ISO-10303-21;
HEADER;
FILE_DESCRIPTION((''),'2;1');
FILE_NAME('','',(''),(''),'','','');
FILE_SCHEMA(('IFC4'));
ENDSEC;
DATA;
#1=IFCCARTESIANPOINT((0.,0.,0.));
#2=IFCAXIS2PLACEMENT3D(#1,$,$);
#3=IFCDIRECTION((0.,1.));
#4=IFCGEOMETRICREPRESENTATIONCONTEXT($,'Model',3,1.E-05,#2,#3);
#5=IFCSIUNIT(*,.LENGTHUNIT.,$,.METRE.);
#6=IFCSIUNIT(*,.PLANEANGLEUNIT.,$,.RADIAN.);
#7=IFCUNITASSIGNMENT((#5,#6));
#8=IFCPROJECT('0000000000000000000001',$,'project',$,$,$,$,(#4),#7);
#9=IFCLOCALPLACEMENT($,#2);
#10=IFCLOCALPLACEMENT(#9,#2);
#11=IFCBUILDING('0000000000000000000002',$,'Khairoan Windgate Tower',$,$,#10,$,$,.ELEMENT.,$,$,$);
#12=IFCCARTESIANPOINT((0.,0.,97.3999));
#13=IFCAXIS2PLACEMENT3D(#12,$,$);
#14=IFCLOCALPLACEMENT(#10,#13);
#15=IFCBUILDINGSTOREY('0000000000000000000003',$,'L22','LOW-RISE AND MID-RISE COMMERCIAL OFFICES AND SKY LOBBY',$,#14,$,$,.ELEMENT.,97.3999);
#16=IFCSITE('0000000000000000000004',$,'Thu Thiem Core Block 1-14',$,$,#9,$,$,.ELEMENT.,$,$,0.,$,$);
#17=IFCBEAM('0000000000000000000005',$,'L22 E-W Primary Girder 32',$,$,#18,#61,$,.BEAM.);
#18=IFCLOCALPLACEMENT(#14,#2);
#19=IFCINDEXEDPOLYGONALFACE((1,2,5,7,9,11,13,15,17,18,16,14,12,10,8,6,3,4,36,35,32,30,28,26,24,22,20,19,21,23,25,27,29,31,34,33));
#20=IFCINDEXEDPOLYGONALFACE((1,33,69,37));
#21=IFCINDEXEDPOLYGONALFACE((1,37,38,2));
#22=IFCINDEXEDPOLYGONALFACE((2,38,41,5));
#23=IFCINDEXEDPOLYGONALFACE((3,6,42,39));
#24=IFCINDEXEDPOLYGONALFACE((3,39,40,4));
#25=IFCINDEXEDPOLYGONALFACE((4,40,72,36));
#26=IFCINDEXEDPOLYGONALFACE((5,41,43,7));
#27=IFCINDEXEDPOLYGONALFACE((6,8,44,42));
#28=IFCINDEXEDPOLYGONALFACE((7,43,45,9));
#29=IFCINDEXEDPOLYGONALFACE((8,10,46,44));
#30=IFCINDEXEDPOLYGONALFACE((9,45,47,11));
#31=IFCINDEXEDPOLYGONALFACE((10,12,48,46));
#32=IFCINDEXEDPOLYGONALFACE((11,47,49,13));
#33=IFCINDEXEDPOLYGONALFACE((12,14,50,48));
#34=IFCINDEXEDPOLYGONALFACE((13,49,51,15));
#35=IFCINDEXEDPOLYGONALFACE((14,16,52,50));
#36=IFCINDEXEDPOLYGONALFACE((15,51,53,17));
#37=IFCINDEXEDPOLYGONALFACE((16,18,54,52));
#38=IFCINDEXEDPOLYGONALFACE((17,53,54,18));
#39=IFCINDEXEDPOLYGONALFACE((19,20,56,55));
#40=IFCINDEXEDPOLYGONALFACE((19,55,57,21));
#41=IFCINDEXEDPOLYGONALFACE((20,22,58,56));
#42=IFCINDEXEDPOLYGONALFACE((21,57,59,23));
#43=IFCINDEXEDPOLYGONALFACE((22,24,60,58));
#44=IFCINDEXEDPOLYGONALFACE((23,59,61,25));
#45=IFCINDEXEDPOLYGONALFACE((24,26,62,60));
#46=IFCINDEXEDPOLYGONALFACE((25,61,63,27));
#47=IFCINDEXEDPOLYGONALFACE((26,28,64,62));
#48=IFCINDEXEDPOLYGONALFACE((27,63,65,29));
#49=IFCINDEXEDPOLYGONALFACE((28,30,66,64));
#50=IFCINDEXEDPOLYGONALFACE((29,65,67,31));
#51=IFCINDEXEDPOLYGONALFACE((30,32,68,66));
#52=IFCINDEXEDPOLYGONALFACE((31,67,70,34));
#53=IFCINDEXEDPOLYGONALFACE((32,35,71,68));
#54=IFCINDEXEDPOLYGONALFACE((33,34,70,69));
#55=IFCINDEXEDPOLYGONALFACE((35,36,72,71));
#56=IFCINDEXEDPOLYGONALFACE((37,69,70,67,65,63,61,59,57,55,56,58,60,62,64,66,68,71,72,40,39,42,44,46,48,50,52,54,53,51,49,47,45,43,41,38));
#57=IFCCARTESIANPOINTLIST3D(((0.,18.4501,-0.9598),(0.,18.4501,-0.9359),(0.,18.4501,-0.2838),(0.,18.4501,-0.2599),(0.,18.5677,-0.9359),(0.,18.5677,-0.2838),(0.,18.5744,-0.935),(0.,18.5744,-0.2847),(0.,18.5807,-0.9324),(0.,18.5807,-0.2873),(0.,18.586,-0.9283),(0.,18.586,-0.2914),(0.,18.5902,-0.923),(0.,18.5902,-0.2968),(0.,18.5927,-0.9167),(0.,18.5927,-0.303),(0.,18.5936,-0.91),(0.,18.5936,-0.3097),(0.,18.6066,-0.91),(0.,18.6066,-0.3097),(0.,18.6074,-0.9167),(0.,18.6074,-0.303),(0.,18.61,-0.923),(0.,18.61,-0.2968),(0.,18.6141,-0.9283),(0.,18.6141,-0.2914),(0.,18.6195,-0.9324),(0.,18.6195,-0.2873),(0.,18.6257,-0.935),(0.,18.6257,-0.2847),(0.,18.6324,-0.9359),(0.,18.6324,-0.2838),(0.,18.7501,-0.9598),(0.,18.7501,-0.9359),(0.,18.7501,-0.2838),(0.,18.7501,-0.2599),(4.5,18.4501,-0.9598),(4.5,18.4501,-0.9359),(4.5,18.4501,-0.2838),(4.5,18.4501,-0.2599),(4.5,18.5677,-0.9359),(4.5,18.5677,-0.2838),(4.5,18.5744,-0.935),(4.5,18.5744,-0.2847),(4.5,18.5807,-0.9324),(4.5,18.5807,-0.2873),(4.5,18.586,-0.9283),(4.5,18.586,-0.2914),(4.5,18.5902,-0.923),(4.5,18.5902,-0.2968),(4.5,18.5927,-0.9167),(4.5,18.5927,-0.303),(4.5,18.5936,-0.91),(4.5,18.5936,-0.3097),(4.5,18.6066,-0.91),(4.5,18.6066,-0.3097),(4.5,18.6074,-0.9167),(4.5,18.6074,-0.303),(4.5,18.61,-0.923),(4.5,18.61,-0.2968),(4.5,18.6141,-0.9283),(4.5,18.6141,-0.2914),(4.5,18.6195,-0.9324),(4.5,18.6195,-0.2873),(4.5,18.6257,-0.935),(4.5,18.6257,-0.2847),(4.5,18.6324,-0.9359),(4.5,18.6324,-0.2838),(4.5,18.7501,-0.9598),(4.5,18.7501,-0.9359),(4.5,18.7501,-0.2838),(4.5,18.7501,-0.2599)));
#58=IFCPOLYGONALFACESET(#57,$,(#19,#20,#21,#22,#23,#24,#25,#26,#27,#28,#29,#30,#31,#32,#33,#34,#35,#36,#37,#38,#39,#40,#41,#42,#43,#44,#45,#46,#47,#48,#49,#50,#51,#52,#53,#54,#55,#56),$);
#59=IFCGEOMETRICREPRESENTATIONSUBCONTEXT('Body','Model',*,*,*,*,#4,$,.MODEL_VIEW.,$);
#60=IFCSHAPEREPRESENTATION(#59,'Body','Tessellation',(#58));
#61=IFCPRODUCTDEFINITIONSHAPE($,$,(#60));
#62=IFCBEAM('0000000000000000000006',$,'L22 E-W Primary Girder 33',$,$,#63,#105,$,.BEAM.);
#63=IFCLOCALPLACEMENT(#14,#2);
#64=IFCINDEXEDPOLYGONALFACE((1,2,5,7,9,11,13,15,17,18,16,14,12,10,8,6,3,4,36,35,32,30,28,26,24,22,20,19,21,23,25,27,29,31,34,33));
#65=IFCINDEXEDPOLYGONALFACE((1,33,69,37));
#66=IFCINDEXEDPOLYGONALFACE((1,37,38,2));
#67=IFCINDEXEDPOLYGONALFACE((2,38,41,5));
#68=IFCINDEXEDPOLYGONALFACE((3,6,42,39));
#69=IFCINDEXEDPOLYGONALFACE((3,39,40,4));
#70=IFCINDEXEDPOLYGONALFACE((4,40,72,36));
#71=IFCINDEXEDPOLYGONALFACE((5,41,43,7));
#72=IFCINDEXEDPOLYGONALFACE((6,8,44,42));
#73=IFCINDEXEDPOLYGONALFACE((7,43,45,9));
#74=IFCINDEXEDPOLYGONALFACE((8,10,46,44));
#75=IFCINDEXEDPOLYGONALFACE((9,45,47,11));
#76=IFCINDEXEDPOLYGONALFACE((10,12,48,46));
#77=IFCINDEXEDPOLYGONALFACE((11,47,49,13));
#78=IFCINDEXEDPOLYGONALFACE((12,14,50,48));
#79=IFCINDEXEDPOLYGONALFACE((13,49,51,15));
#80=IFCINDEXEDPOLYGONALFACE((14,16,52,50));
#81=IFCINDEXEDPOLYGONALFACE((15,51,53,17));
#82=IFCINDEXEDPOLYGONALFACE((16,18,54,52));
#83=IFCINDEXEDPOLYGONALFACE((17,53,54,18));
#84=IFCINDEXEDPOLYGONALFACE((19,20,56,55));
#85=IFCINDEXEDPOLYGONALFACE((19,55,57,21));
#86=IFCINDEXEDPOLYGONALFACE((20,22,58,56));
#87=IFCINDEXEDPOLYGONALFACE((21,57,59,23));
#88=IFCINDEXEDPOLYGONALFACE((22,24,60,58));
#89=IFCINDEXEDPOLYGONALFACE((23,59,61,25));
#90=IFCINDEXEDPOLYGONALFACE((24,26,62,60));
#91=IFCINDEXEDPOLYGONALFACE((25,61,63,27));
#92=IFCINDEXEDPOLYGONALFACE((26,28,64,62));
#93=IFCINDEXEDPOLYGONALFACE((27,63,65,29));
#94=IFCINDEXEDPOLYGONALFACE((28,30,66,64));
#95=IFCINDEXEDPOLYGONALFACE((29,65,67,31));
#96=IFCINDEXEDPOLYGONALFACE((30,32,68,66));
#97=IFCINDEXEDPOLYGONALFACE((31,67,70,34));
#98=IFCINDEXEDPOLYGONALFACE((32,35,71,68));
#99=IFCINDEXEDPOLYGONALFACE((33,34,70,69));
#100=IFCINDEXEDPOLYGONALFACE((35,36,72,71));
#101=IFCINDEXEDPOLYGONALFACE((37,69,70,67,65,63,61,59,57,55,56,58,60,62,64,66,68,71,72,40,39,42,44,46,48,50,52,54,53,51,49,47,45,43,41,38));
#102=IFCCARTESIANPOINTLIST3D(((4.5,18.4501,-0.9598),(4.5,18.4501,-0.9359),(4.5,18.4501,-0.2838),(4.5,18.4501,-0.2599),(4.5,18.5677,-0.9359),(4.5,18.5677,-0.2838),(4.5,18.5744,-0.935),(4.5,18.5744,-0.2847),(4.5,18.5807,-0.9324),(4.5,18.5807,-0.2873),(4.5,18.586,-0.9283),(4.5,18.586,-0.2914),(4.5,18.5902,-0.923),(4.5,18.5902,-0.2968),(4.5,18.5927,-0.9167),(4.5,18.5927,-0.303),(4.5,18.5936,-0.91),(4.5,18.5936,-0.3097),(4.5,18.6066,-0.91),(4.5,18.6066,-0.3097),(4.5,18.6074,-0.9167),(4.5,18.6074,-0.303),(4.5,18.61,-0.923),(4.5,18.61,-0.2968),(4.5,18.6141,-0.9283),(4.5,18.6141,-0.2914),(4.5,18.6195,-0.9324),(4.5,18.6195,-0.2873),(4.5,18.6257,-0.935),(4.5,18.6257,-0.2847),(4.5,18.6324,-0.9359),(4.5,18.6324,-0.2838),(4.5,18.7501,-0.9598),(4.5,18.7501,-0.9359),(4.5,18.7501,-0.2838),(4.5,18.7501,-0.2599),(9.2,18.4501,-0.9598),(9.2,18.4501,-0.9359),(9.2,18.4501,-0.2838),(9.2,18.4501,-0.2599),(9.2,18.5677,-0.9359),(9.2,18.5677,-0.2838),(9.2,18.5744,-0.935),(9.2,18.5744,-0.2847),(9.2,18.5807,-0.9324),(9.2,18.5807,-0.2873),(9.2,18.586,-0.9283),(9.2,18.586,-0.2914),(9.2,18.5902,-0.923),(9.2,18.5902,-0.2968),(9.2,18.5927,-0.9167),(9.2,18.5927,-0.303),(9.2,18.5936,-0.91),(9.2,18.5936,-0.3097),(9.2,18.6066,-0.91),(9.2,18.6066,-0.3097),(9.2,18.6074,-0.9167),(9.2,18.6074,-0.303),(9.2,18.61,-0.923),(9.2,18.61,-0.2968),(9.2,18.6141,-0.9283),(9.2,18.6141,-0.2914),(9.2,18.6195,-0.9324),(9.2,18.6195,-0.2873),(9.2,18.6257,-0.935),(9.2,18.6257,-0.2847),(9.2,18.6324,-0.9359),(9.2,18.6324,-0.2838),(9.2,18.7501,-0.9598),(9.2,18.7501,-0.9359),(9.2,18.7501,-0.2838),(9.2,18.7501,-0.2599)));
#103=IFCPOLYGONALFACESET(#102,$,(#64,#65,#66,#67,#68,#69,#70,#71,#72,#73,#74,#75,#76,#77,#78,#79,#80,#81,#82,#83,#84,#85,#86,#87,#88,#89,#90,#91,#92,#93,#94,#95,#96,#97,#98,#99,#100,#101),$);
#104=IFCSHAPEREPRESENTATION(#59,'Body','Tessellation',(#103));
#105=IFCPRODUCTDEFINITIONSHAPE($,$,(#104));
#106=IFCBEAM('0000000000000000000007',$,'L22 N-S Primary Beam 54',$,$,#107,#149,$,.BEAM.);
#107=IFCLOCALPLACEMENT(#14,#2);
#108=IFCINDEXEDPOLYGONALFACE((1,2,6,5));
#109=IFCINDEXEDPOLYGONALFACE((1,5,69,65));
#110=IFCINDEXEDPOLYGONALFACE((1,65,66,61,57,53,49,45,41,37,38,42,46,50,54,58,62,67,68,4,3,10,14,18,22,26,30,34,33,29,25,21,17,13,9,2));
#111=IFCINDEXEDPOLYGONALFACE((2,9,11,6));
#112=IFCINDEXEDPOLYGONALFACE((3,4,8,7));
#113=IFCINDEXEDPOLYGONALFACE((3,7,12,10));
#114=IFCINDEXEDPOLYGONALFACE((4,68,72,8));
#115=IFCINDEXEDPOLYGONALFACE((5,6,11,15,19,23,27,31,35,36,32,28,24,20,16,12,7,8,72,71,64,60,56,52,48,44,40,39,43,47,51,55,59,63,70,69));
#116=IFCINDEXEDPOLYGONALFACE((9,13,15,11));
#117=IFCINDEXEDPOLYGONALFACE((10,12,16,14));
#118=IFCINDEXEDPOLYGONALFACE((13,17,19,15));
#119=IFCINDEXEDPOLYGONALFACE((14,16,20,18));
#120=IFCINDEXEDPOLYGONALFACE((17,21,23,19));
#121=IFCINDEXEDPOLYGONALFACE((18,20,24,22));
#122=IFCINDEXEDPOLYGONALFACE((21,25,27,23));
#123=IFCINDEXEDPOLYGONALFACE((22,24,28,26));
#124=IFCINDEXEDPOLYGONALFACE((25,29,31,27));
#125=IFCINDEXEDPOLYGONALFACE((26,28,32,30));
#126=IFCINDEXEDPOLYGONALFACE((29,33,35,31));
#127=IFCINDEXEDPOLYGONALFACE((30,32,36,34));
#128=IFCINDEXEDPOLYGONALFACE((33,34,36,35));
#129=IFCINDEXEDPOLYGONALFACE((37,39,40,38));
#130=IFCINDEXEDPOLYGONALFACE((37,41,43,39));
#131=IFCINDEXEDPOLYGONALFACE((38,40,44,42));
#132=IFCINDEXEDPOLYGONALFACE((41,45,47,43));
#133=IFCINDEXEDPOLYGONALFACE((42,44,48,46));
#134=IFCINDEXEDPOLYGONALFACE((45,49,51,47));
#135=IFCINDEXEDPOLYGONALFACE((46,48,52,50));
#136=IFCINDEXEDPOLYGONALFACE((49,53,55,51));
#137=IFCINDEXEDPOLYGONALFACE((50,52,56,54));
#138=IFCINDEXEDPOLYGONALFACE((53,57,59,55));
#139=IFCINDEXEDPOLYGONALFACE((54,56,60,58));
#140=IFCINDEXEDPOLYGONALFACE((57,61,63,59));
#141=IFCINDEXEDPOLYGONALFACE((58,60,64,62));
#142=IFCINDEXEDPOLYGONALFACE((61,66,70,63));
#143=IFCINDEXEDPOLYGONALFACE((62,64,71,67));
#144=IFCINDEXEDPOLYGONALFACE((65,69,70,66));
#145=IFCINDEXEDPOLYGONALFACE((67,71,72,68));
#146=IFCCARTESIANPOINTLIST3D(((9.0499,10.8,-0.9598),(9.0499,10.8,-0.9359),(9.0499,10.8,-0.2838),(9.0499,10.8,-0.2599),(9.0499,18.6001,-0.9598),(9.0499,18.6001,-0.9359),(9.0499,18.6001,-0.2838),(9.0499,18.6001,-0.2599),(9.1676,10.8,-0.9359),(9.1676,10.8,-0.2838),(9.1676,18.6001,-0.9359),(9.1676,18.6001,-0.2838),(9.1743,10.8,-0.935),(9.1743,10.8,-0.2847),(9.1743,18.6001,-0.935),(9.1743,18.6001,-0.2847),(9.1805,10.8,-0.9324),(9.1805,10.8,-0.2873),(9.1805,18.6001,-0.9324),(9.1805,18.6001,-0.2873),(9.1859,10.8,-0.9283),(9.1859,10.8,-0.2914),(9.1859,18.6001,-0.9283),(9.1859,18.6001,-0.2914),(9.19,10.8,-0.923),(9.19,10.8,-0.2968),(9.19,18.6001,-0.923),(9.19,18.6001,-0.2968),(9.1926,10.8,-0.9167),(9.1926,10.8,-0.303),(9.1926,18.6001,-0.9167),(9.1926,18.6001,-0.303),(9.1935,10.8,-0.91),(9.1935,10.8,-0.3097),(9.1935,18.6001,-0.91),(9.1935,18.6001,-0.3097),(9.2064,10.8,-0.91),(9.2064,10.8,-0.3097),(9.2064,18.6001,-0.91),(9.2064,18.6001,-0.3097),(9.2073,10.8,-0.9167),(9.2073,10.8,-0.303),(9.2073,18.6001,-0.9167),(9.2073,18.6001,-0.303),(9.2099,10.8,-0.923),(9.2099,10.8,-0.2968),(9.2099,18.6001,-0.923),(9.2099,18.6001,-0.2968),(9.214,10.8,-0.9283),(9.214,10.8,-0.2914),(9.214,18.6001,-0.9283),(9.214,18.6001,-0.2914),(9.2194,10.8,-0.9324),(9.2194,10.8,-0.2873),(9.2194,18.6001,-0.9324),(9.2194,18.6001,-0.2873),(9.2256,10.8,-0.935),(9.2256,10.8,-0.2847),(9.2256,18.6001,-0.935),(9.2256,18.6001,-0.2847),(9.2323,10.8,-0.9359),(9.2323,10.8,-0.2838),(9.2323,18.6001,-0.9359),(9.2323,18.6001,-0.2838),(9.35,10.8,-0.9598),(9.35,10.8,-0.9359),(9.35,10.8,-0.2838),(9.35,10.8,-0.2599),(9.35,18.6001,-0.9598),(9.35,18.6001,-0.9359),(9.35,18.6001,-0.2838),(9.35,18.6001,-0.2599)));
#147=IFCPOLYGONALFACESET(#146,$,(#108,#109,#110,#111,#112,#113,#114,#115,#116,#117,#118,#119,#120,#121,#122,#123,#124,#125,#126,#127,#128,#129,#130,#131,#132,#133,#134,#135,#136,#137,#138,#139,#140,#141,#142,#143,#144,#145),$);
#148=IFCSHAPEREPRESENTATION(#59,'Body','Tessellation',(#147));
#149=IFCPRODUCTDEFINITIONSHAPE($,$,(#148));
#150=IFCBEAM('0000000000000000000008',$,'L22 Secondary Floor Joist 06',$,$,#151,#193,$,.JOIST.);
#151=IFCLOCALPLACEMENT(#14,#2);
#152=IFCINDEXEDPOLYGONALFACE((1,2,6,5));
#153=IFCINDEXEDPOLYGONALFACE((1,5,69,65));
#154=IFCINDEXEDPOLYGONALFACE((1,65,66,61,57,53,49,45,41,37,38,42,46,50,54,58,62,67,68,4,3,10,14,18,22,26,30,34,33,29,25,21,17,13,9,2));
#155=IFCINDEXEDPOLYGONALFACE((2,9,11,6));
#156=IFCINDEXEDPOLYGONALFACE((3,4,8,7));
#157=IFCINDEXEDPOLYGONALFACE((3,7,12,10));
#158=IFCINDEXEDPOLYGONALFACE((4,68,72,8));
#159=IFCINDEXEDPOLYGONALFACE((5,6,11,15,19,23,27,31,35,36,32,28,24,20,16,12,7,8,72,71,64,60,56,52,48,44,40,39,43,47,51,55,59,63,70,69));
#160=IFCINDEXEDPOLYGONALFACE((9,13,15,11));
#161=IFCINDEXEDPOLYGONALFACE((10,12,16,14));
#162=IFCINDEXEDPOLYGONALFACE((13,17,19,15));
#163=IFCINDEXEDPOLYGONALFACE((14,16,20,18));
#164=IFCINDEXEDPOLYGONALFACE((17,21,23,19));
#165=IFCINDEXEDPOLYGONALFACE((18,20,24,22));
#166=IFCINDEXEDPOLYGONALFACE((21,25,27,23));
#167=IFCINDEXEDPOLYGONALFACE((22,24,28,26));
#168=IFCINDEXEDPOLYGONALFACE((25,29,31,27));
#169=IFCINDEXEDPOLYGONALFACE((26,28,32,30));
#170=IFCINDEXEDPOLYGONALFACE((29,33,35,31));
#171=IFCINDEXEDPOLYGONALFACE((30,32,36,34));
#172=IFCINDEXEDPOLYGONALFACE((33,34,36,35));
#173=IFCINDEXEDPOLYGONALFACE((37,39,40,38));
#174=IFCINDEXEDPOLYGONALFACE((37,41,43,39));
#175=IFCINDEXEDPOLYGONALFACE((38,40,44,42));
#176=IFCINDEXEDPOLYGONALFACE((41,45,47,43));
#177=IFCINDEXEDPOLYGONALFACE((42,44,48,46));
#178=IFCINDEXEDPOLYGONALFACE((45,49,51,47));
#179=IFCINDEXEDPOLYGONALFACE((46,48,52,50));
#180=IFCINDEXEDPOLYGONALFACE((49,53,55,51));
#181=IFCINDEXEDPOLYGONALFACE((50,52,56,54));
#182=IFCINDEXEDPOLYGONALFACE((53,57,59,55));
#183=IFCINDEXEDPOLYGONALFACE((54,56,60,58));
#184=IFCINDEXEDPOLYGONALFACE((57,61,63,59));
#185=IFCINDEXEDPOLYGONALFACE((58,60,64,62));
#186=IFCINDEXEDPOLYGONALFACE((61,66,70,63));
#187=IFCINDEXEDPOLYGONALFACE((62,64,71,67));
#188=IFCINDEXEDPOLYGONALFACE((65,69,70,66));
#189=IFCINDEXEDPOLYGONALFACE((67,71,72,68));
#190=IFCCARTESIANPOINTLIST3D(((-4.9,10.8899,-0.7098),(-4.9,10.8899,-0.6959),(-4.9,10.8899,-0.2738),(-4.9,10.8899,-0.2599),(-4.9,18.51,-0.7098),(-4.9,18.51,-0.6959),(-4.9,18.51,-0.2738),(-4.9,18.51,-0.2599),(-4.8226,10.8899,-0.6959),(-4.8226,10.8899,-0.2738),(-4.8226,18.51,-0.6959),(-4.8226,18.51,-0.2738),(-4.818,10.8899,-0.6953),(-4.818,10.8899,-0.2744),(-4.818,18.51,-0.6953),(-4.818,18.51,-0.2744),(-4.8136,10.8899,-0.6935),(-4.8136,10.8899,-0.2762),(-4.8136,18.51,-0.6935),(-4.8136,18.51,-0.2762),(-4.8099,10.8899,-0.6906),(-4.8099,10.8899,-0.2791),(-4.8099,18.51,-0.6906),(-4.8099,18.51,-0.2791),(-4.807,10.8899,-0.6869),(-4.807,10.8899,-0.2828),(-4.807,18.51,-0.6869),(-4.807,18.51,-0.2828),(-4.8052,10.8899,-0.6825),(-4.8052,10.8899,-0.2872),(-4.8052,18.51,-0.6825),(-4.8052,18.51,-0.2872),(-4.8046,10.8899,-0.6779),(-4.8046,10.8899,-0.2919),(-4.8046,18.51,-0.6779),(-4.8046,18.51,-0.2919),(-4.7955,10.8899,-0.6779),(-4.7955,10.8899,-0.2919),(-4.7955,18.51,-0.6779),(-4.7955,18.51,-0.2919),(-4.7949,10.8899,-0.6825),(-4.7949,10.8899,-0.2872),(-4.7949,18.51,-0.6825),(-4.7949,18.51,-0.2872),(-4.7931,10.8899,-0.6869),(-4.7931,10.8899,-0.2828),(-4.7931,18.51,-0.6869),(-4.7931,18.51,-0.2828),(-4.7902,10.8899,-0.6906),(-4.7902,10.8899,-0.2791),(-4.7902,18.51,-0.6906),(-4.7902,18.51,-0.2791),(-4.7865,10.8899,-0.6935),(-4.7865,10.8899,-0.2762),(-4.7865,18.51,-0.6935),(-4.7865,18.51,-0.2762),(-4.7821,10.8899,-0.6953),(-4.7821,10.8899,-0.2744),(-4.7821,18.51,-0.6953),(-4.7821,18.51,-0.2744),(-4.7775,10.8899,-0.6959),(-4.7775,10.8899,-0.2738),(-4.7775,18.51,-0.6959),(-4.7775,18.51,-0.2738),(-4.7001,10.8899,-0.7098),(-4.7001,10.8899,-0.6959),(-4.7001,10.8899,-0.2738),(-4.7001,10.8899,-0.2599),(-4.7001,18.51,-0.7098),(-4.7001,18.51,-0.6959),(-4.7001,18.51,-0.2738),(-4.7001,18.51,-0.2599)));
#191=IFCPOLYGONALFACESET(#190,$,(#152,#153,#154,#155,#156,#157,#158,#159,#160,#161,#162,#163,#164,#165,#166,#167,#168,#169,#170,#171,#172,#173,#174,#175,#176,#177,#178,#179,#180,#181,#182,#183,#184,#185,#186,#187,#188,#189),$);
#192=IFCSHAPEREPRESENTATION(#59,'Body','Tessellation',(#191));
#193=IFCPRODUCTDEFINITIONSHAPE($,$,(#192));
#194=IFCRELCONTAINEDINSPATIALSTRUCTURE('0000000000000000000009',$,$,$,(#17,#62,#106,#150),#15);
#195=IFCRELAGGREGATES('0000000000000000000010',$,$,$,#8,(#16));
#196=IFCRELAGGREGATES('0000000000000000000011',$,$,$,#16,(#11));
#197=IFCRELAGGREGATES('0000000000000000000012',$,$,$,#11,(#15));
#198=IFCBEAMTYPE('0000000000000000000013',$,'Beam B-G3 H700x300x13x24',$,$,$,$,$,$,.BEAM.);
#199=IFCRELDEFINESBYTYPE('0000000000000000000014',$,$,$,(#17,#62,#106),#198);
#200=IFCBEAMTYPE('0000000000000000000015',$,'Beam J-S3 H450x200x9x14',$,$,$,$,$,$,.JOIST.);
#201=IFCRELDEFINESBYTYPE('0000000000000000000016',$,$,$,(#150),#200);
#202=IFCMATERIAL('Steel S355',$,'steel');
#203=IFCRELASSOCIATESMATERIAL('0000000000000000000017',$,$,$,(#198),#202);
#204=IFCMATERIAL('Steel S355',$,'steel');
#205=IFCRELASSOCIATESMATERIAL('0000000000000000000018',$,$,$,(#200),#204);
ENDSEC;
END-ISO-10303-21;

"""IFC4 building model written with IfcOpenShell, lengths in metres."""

from ifc_helpers import new_model, si_unit, direction, frame, origin, origin_2d, place, context, subcontext, project, spatial, i_section, extrude, material, material_profile, profile_set, type_object, element, save


model = new_model("IFC4")

# Units and contexts
model_context = context("Model", 3, precision=1e-05, world=origin(), true_north=direction((0.0, 1.0)))
body_context = subcontext(model_context, "Body", "Model", "MODEL_VIEW")
ifc_project = project(units=[si_unit("LENGTHUNIT", "METRE"), si_unit("PLANEANGLEUNIT", "RADIAN")], contexts=[model_context])

# Site, building, storey
site_placement = place(None, origin())
site = spatial("IfcSite", under=ifc_project, at=site_placement, Name="Thu Thiem Core Block 1-14", CompositionType="ELEMENT", RefElevation=0.0)
building_placement = place(site_placement, origin())
building = spatial("IfcBuilding", under=site, at=building_placement, Name="Khairoan Windgate Tower", CompositionType="ELEMENT")
storey_placement = place(building_placement, frame((0.0, 0.0, 97.3999)))
storey = spatial("IfcBuildingStorey", under=building, at=storey_placement, Name="L22", Description="LOW-RISE AND MID-RISE COMMERCIAL OFFICES AND SKY LOBBY", CompositionType="ELEMENT", Elevation=97.3999)

# Beams
ifc_material_1 = material(Name="Steel S355", Category="steel")
ifc_material_profile_1 = material_profile(ifc_material_1, i_section(OverallWidth=0.3, OverallDepth=0.7, WebThickness=0.0129, FlangeThickness=0.0239, FilletRadius=0.0259, at=origin_2d()))
ifc_profile_set_1 = profile_set([ifc_material_profile_1], Name="Steel S355")
beam_type_1 = type_object("IfcBeamType", Name="Beam B-G3 H700x300x13x24", PredefinedType="BEAM", material=ifc_profile_set_1)
for number, where, z_axis, x_axis, name in (
    (1, (0.0, 18.6001, -0.6099), (1.0, 0.0, 0.0), (0.0, 1.0, 0.0), "L22 E-W Primary Girder 32"),
):
    element("IfcBeam", number, at=place(storey_placement, frame(where, z_axis=z_axis, x_axis=x_axis)), inside=storey, type_object=beam_type_1, Name=name, PredefinedType="BEAM", context=body_context, shape_type="SweptSolid", body=[
        extrude(i_section(OverallWidth=0.3, OverallDepth=0.7, WebThickness=0.0129, FlangeThickness=0.0239, FilletRadius=0.0259, at=origin_2d()), origin(), (0.0, 0.0, 1.0), 4.5),
    ])
beam_1_placement = place(storey_placement, frame((4.5, 18.6001, -0.6099), z_axis=(1.0, 0.0, 0.0), x_axis=(0.0, 1.0, 0.0)))
element("IfcBeam", 2, at=beam_1_placement, inside=storey, type_object=beam_type_1, Name="L22 E-W Primary Girder 33", PredefinedType="BEAM", context=body_context, shape_type="SweptSolid", body=[
    extrude(i_section(OverallWidth=0.3, OverallDepth=0.7, WebThickness=0.0129, FlangeThickness=0.0239, FilletRadius=0.0259, at=origin_2d()), origin(), (0.0, 0.0, 1.0), 4.7),
])
beam_2_placement = place(storey_placement, frame((9.2, 10.8, -0.6099), z_axis=(0.0, 1.0, 0.0), x_axis=(-1.0, 0.0, 0.0)))
element("IfcBeam", 3, at=beam_2_placement, inside=storey, type_object=beam_type_1, Name="L22 N-S Primary Beam 54", PredefinedType="BEAM", context=body_context, shape_type="SweptSolid", body=[
    extrude(i_section(OverallWidth=0.3, OverallDepth=0.7, WebThickness=0.0129, FlangeThickness=0.0239, FilletRadius=0.0259, at=origin_2d()), origin(), (0.0, 0.0, 1.0), 7.8),
])
ifc_material_2 = material(Name="Steel S355", Category="steel")
ifc_material_profile_2 = material_profile(ifc_material_2, i_section(OverallWidth=0.2, OverallDepth=0.45, WebThickness=0.009, FlangeThickness=0.0139, FilletRadius=0.0181, at=origin_2d()))
ifc_profile_set_2 = profile_set([ifc_material_profile_2], Name="Steel S355")
beam_type_2 = type_object("IfcBeamType", Name="Beam J-S3 H450x200x9x14", PredefinedType="JOIST", material=ifc_profile_set_2)
for number, where, z_axis, x_axis, name in (
    (4, (-4.8, 10.8899, -0.4849), (0.0, 1.0, 0.0), (-1.0, 0.0, 0.0), "L22 Secondary Floor Joist 06"),
):
    element("IfcBeam", number, at=place(storey_placement, frame(where, z_axis=z_axis, x_axis=x_axis)), inside=storey, type_object=beam_type_2, Name=name, PredefinedType="JOIST", context=body_context, shape_type="SweptSolid", body=[
        extrude(i_section(OverallWidth=0.2, OverallDepth=0.45, WebThickness=0.009, FlangeThickness=0.0139, FilletRadius=0.0181, at=origin_2d()), origin(), (0.0, 0.0, 1.0), 7.6201),
    ])

save(model, "model.ifc")
